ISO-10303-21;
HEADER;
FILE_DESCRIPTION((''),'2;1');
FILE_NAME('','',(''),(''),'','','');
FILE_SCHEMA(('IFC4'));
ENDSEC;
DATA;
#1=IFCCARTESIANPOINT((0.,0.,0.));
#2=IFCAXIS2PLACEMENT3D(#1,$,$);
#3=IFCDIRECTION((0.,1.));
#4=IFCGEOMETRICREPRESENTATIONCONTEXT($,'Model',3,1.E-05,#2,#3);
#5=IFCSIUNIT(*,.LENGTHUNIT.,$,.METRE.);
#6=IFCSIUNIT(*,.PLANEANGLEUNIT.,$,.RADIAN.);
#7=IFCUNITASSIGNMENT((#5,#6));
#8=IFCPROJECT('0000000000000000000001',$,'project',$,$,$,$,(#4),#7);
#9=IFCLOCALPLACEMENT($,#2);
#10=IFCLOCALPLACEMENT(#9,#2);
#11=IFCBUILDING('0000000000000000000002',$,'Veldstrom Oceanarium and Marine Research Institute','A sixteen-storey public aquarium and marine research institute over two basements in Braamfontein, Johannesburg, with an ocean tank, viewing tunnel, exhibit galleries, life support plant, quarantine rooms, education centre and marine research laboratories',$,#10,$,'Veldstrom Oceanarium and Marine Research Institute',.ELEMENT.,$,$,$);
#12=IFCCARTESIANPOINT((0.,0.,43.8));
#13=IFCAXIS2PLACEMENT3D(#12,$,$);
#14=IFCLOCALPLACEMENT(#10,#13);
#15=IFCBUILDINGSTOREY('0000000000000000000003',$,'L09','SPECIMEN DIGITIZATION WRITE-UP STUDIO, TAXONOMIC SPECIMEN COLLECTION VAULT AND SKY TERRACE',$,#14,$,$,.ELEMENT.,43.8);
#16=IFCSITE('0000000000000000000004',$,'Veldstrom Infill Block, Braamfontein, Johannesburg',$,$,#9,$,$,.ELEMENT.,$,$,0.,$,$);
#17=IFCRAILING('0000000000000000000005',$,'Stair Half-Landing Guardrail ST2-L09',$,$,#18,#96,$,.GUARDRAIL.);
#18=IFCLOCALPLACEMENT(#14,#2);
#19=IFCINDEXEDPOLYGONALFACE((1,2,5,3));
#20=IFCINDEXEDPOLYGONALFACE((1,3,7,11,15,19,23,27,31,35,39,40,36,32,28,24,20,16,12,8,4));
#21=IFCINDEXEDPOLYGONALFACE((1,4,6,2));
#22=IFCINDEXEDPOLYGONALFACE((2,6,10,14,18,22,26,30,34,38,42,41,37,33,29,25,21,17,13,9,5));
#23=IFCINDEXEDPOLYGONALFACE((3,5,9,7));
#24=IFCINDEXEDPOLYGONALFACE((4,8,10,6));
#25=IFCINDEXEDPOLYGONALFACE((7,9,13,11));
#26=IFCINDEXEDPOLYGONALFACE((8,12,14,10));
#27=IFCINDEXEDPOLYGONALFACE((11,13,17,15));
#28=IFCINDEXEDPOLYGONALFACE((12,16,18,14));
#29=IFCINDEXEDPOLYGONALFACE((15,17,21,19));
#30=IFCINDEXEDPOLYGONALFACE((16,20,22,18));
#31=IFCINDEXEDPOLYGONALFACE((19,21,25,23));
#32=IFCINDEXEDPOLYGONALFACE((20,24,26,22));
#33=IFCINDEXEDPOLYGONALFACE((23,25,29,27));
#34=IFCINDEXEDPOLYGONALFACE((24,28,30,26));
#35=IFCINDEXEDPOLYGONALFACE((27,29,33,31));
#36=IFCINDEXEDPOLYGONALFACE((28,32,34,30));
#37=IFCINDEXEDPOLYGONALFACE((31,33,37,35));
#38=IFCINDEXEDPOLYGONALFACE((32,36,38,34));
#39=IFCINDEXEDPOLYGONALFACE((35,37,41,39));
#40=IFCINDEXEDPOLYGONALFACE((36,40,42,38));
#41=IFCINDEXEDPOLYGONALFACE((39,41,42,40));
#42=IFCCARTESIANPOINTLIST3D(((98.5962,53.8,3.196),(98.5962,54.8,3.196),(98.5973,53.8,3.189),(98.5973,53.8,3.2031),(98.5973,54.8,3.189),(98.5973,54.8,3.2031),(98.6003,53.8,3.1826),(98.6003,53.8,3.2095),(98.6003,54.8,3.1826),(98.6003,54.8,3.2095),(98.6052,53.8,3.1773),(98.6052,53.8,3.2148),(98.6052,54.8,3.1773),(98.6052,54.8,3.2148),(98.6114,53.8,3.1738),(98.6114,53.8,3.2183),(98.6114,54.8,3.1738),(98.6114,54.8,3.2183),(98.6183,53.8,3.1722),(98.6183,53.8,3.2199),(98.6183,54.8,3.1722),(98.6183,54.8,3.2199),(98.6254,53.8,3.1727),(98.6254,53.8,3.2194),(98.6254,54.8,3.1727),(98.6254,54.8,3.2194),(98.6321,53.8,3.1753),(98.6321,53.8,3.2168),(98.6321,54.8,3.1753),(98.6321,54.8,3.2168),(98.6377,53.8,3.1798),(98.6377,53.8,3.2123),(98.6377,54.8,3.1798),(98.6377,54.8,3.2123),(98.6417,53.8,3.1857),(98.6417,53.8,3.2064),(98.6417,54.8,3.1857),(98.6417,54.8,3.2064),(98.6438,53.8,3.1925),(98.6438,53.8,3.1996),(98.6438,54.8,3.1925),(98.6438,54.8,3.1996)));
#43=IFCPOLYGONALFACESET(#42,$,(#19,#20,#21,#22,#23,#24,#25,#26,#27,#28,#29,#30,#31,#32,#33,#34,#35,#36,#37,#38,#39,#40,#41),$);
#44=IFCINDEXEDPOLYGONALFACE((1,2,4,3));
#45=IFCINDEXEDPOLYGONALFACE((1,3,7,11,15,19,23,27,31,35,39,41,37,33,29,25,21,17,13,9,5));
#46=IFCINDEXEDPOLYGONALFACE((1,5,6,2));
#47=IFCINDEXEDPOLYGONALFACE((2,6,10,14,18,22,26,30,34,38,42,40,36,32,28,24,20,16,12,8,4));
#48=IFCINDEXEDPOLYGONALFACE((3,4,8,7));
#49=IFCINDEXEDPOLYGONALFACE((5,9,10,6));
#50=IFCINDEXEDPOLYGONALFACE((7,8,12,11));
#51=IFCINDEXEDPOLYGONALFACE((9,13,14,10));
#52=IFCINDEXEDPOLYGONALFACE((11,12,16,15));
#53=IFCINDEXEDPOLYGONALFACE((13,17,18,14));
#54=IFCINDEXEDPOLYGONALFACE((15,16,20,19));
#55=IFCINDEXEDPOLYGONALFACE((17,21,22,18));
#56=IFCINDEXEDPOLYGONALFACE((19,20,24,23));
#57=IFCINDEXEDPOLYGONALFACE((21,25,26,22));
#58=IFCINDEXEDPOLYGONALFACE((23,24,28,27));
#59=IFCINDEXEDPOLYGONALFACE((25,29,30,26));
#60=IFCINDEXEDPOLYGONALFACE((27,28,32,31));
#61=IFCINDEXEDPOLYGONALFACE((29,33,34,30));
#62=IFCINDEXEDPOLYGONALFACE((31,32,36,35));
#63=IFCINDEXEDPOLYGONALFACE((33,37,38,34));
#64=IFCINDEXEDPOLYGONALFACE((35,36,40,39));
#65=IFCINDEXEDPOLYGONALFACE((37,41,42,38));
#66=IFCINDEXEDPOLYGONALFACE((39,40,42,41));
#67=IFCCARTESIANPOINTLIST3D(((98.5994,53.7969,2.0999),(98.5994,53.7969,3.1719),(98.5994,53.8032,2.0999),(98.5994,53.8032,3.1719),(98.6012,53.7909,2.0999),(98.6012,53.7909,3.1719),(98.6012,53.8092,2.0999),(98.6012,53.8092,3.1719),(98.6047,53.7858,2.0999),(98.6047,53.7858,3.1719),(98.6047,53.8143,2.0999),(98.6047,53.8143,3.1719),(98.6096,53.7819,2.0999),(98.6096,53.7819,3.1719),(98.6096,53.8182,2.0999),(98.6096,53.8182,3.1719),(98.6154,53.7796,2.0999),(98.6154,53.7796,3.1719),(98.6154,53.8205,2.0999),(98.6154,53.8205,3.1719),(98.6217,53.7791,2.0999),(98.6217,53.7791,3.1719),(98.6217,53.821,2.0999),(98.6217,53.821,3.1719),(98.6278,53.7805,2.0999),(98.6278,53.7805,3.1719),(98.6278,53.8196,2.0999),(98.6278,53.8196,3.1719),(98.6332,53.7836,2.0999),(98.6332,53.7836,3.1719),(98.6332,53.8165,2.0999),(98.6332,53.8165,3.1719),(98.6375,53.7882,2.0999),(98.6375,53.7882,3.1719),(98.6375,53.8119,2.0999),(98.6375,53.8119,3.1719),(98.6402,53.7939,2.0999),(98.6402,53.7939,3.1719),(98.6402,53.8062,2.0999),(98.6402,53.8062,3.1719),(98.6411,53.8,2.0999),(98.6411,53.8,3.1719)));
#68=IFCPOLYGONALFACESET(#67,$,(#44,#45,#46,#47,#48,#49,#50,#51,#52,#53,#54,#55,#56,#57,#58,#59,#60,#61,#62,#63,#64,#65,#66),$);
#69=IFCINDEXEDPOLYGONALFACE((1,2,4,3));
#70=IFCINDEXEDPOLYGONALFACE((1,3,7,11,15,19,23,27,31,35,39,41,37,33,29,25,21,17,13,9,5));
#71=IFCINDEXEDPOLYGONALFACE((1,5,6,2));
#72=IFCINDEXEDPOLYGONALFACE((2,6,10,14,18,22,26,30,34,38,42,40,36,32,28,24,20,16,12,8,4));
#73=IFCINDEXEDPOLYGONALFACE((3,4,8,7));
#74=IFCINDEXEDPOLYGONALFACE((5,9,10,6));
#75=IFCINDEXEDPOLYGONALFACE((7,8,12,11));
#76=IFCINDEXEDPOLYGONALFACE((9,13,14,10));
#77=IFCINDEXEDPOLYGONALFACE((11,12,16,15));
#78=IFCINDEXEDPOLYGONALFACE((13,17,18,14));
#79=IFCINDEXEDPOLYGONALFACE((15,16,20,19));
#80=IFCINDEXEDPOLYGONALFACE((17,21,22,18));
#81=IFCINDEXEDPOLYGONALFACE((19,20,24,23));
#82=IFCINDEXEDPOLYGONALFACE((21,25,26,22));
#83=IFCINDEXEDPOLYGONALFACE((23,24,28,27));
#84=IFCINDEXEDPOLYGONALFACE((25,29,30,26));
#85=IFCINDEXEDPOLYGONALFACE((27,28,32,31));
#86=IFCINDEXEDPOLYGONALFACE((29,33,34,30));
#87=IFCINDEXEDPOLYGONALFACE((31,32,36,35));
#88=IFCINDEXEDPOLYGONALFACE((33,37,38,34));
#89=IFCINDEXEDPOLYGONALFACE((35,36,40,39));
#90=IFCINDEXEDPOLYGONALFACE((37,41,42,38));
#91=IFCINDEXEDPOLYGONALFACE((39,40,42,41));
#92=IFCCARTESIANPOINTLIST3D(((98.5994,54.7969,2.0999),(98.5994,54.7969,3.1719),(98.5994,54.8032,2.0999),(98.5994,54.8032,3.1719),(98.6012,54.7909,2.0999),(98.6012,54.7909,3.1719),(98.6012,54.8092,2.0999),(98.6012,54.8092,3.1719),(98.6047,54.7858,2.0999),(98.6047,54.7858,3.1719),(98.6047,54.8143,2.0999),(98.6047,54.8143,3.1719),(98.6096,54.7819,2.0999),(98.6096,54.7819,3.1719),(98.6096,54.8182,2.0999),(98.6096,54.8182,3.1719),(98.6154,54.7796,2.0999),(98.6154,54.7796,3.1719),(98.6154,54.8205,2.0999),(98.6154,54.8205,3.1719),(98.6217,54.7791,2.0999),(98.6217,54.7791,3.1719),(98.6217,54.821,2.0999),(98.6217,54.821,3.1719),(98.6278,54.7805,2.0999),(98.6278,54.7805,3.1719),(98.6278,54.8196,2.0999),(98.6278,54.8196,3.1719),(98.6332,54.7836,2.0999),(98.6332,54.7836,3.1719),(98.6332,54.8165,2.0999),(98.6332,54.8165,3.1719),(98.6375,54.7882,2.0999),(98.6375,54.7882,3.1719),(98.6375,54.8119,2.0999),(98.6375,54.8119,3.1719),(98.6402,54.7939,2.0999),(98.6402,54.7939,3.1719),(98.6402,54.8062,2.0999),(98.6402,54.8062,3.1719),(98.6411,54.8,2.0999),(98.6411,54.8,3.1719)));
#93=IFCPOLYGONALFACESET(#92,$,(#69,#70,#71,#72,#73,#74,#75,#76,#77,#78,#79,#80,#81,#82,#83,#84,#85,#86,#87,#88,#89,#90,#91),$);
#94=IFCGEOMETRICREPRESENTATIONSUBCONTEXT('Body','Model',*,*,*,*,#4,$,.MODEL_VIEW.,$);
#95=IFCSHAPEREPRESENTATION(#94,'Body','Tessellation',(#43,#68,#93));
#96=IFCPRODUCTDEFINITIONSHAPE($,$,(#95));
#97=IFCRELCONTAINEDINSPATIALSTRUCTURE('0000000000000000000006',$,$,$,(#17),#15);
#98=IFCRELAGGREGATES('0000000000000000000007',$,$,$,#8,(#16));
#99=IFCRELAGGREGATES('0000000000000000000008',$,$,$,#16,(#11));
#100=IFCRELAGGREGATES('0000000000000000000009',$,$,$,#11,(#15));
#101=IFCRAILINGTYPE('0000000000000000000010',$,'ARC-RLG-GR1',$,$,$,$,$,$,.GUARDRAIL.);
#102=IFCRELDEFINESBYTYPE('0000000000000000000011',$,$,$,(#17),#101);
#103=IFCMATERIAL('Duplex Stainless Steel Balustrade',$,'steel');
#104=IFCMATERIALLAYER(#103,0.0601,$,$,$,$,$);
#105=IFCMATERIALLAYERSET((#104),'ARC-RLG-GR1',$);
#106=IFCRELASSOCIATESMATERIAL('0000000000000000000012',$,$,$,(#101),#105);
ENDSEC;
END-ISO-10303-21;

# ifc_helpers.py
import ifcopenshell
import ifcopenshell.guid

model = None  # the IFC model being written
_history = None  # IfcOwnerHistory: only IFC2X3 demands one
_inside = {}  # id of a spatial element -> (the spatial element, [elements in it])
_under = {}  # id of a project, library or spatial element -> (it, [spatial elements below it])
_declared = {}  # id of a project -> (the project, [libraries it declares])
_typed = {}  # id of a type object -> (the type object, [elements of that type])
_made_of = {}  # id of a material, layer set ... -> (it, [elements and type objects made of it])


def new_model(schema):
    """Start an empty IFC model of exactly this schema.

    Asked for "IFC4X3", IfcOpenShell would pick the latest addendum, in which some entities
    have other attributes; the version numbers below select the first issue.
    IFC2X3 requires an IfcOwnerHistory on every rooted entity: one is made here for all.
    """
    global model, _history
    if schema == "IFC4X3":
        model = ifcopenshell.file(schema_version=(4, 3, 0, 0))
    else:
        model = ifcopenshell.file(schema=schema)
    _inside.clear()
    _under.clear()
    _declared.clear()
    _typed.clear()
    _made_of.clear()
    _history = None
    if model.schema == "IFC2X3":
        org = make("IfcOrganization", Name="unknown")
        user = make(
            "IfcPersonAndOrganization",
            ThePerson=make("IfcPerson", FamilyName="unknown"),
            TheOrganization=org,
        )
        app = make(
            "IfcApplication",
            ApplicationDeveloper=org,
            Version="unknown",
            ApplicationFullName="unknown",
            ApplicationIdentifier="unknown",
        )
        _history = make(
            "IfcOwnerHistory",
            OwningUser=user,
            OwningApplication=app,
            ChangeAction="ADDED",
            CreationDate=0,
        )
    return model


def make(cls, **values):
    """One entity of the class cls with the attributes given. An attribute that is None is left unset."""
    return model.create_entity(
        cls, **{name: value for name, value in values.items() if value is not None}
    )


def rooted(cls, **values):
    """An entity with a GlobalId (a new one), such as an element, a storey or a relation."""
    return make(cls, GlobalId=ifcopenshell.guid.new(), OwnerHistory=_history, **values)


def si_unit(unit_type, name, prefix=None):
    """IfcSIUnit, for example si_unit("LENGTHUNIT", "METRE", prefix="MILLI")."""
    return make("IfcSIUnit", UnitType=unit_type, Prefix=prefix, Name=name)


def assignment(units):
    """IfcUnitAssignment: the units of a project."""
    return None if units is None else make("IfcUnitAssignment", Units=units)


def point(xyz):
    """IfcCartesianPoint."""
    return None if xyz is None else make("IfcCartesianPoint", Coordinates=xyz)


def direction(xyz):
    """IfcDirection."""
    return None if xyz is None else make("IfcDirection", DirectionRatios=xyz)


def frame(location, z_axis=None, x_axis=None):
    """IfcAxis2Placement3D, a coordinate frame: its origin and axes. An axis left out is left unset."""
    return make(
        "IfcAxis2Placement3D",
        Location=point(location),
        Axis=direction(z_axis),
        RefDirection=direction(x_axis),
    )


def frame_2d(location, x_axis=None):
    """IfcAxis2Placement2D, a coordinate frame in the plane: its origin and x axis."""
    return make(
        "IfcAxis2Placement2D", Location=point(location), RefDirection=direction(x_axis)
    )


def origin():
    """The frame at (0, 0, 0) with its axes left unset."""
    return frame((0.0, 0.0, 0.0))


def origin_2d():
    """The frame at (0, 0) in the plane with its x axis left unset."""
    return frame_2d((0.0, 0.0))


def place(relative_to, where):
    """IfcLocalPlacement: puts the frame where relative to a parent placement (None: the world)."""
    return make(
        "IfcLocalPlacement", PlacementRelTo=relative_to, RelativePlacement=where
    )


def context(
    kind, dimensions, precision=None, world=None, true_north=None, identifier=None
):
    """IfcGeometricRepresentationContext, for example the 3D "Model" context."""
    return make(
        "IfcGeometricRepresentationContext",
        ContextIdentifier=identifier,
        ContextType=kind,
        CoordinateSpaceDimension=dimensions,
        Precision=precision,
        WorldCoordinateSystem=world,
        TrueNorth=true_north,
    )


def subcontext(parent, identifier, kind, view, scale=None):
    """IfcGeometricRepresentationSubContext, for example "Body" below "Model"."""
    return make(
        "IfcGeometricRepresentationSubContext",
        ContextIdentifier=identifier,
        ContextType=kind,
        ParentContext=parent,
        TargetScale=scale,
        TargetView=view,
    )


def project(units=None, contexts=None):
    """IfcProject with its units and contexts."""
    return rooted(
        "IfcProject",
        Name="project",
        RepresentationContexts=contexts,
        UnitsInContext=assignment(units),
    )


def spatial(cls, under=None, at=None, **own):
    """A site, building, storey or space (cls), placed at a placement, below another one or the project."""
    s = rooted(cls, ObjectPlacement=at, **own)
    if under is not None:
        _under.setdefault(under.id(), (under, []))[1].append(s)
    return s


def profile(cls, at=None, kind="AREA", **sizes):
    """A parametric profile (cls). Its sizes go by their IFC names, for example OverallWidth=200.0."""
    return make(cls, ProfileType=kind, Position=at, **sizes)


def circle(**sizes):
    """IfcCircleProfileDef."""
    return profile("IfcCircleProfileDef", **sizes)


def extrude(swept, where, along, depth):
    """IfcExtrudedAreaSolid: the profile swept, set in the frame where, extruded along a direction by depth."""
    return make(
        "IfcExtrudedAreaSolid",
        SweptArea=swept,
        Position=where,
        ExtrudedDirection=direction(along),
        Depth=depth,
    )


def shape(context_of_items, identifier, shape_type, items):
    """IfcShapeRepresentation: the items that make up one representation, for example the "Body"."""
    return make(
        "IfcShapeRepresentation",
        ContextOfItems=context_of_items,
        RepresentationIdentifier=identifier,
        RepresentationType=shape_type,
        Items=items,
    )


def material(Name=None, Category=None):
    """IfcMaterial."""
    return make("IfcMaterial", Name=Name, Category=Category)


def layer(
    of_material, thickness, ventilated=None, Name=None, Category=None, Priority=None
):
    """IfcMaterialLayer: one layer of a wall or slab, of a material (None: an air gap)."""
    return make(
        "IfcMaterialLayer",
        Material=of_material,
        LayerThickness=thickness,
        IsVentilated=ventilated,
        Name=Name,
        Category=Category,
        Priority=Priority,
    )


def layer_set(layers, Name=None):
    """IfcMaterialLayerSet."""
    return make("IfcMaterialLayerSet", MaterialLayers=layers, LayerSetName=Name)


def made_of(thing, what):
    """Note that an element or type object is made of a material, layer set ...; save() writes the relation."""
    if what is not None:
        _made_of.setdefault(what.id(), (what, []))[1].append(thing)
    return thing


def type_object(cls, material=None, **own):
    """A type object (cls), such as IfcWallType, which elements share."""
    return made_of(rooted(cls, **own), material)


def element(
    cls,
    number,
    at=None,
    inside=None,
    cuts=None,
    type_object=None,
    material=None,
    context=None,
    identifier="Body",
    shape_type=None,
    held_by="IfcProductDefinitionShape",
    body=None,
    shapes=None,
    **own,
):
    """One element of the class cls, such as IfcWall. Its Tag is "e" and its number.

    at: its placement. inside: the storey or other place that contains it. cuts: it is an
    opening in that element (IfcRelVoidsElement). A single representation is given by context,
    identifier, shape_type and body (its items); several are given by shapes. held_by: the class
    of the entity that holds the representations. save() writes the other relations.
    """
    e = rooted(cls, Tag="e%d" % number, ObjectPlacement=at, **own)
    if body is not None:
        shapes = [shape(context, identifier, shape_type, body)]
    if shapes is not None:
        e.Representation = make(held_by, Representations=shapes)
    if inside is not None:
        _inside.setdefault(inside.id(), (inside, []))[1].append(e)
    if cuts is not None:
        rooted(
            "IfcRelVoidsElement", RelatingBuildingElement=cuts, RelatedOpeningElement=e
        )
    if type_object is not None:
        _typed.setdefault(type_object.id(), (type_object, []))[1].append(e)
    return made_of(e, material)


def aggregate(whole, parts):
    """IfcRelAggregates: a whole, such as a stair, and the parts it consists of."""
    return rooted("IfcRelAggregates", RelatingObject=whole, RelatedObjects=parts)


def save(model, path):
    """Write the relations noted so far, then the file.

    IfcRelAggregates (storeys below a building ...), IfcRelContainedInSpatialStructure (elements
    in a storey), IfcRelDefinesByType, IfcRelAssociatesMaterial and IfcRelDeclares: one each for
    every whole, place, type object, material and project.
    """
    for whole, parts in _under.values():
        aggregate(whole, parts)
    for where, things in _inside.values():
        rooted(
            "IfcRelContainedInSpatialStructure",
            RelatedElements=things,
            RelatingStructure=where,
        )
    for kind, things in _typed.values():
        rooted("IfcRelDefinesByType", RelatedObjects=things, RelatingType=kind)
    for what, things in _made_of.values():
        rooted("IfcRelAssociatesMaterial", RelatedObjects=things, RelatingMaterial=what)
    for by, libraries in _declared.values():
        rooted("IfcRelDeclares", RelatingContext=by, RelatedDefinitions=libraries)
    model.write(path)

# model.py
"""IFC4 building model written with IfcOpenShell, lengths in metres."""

from ifc_helpers import new_model, si_unit, direction, frame, origin, origin_2d, place, context, subcontext, project, spatial, circle, extrude, material, layer, layer_set, type_object, element, save


model = new_model("IFC4")

# Units and contexts
model_context = context("Model", 3, precision=1e-05, world=origin(), true_north=direction((0.0, 1.0)))
body_context = subcontext(model_context, "Body", "Model", "MODEL_VIEW")
ifc_project = project(units=[si_unit("LENGTHUNIT", "METRE"), si_unit("PLANEANGLEUNIT", "RADIAN")], contexts=[model_context])

# Site, building, storey
site_placement = place(None, origin())
site = spatial("IfcSite", under=ifc_project, at=site_placement, Name="Veldstrom Infill Block, Braamfontein, Johannesburg", CompositionType="ELEMENT", RefElevation=0.0)
building_placement = place(site_placement, origin())
building = spatial("IfcBuilding", under=site, at=building_placement, Name="Veldstrom Oceanarium and Marine Research Institute", Description="A sixteen-storey public aquarium and marine research institute over two basements in Braamfontein, Johannesburg, with an ocean tank, viewing tunnel, exhibit galleries, life support plant, quarantine rooms, education centre and marine research laboratories", LongName="Veldstrom Oceanarium and Marine Research Institute", CompositionType="ELEMENT")
storey_placement = place(building_placement, frame((0.0, 0.0, 43.8)))
storey = spatial("IfcBuildingStorey", under=building, at=storey_placement, Name="L09", Description="SPECIMEN DIGITIZATION WRITE-UP STUDIO, TAXONOMIC SPECIMEN COLLECTION VAULT AND SKY TERRACE", CompositionType="ELEMENT", Elevation=43.8)

# Railing
ifc_material_1 = material(Name="Duplex Stainless Steel Balustrade", Category="steel")
ifc_layer_1 = layer(ifc_material_1, 0.0601)
ifc_layer_set_1 = layer_set([ifc_layer_1], Name="ARC-RLG-GR1")
railing_type_1 = type_object("IfcRailingType", Name="ARC-RLG-GR1", PredefinedType="GUARDRAIL", material=ifc_layer_set_1)
railing_1_placement = place(storey_placement, frame((98.6201, 53.8, 2.0999)))
element("IfcRailing", 1, at=railing_1_placement, inside=storey, type_object=railing_type_1, Name="Stair Half-Landing Guardrail ST2-L09", PredefinedType="GUARDRAIL", context=body_context, shape_type="SweptSolid", body=[
    extrude(circle(Radius=0.0239, at=origin_2d()), frame((0.0, 0.0, 1.0962), z_axis=(0.0, 1.0, 0.0), x_axis=(-1.0, 0.0, 0.0)), (0.0, 0.0, 1.0), 1.0),
    extrude(circle(Radius=0.021, at=origin_2d()), origin(), (0.0, 0.0, 1.0), 1.072),
    extrude(circle(Radius=0.021, at=origin_2d()), frame((0.0, 1.0, 0.0)), (0.0, 0.0, 1.0), 1.072),
])

save(model, "model.ifc")
